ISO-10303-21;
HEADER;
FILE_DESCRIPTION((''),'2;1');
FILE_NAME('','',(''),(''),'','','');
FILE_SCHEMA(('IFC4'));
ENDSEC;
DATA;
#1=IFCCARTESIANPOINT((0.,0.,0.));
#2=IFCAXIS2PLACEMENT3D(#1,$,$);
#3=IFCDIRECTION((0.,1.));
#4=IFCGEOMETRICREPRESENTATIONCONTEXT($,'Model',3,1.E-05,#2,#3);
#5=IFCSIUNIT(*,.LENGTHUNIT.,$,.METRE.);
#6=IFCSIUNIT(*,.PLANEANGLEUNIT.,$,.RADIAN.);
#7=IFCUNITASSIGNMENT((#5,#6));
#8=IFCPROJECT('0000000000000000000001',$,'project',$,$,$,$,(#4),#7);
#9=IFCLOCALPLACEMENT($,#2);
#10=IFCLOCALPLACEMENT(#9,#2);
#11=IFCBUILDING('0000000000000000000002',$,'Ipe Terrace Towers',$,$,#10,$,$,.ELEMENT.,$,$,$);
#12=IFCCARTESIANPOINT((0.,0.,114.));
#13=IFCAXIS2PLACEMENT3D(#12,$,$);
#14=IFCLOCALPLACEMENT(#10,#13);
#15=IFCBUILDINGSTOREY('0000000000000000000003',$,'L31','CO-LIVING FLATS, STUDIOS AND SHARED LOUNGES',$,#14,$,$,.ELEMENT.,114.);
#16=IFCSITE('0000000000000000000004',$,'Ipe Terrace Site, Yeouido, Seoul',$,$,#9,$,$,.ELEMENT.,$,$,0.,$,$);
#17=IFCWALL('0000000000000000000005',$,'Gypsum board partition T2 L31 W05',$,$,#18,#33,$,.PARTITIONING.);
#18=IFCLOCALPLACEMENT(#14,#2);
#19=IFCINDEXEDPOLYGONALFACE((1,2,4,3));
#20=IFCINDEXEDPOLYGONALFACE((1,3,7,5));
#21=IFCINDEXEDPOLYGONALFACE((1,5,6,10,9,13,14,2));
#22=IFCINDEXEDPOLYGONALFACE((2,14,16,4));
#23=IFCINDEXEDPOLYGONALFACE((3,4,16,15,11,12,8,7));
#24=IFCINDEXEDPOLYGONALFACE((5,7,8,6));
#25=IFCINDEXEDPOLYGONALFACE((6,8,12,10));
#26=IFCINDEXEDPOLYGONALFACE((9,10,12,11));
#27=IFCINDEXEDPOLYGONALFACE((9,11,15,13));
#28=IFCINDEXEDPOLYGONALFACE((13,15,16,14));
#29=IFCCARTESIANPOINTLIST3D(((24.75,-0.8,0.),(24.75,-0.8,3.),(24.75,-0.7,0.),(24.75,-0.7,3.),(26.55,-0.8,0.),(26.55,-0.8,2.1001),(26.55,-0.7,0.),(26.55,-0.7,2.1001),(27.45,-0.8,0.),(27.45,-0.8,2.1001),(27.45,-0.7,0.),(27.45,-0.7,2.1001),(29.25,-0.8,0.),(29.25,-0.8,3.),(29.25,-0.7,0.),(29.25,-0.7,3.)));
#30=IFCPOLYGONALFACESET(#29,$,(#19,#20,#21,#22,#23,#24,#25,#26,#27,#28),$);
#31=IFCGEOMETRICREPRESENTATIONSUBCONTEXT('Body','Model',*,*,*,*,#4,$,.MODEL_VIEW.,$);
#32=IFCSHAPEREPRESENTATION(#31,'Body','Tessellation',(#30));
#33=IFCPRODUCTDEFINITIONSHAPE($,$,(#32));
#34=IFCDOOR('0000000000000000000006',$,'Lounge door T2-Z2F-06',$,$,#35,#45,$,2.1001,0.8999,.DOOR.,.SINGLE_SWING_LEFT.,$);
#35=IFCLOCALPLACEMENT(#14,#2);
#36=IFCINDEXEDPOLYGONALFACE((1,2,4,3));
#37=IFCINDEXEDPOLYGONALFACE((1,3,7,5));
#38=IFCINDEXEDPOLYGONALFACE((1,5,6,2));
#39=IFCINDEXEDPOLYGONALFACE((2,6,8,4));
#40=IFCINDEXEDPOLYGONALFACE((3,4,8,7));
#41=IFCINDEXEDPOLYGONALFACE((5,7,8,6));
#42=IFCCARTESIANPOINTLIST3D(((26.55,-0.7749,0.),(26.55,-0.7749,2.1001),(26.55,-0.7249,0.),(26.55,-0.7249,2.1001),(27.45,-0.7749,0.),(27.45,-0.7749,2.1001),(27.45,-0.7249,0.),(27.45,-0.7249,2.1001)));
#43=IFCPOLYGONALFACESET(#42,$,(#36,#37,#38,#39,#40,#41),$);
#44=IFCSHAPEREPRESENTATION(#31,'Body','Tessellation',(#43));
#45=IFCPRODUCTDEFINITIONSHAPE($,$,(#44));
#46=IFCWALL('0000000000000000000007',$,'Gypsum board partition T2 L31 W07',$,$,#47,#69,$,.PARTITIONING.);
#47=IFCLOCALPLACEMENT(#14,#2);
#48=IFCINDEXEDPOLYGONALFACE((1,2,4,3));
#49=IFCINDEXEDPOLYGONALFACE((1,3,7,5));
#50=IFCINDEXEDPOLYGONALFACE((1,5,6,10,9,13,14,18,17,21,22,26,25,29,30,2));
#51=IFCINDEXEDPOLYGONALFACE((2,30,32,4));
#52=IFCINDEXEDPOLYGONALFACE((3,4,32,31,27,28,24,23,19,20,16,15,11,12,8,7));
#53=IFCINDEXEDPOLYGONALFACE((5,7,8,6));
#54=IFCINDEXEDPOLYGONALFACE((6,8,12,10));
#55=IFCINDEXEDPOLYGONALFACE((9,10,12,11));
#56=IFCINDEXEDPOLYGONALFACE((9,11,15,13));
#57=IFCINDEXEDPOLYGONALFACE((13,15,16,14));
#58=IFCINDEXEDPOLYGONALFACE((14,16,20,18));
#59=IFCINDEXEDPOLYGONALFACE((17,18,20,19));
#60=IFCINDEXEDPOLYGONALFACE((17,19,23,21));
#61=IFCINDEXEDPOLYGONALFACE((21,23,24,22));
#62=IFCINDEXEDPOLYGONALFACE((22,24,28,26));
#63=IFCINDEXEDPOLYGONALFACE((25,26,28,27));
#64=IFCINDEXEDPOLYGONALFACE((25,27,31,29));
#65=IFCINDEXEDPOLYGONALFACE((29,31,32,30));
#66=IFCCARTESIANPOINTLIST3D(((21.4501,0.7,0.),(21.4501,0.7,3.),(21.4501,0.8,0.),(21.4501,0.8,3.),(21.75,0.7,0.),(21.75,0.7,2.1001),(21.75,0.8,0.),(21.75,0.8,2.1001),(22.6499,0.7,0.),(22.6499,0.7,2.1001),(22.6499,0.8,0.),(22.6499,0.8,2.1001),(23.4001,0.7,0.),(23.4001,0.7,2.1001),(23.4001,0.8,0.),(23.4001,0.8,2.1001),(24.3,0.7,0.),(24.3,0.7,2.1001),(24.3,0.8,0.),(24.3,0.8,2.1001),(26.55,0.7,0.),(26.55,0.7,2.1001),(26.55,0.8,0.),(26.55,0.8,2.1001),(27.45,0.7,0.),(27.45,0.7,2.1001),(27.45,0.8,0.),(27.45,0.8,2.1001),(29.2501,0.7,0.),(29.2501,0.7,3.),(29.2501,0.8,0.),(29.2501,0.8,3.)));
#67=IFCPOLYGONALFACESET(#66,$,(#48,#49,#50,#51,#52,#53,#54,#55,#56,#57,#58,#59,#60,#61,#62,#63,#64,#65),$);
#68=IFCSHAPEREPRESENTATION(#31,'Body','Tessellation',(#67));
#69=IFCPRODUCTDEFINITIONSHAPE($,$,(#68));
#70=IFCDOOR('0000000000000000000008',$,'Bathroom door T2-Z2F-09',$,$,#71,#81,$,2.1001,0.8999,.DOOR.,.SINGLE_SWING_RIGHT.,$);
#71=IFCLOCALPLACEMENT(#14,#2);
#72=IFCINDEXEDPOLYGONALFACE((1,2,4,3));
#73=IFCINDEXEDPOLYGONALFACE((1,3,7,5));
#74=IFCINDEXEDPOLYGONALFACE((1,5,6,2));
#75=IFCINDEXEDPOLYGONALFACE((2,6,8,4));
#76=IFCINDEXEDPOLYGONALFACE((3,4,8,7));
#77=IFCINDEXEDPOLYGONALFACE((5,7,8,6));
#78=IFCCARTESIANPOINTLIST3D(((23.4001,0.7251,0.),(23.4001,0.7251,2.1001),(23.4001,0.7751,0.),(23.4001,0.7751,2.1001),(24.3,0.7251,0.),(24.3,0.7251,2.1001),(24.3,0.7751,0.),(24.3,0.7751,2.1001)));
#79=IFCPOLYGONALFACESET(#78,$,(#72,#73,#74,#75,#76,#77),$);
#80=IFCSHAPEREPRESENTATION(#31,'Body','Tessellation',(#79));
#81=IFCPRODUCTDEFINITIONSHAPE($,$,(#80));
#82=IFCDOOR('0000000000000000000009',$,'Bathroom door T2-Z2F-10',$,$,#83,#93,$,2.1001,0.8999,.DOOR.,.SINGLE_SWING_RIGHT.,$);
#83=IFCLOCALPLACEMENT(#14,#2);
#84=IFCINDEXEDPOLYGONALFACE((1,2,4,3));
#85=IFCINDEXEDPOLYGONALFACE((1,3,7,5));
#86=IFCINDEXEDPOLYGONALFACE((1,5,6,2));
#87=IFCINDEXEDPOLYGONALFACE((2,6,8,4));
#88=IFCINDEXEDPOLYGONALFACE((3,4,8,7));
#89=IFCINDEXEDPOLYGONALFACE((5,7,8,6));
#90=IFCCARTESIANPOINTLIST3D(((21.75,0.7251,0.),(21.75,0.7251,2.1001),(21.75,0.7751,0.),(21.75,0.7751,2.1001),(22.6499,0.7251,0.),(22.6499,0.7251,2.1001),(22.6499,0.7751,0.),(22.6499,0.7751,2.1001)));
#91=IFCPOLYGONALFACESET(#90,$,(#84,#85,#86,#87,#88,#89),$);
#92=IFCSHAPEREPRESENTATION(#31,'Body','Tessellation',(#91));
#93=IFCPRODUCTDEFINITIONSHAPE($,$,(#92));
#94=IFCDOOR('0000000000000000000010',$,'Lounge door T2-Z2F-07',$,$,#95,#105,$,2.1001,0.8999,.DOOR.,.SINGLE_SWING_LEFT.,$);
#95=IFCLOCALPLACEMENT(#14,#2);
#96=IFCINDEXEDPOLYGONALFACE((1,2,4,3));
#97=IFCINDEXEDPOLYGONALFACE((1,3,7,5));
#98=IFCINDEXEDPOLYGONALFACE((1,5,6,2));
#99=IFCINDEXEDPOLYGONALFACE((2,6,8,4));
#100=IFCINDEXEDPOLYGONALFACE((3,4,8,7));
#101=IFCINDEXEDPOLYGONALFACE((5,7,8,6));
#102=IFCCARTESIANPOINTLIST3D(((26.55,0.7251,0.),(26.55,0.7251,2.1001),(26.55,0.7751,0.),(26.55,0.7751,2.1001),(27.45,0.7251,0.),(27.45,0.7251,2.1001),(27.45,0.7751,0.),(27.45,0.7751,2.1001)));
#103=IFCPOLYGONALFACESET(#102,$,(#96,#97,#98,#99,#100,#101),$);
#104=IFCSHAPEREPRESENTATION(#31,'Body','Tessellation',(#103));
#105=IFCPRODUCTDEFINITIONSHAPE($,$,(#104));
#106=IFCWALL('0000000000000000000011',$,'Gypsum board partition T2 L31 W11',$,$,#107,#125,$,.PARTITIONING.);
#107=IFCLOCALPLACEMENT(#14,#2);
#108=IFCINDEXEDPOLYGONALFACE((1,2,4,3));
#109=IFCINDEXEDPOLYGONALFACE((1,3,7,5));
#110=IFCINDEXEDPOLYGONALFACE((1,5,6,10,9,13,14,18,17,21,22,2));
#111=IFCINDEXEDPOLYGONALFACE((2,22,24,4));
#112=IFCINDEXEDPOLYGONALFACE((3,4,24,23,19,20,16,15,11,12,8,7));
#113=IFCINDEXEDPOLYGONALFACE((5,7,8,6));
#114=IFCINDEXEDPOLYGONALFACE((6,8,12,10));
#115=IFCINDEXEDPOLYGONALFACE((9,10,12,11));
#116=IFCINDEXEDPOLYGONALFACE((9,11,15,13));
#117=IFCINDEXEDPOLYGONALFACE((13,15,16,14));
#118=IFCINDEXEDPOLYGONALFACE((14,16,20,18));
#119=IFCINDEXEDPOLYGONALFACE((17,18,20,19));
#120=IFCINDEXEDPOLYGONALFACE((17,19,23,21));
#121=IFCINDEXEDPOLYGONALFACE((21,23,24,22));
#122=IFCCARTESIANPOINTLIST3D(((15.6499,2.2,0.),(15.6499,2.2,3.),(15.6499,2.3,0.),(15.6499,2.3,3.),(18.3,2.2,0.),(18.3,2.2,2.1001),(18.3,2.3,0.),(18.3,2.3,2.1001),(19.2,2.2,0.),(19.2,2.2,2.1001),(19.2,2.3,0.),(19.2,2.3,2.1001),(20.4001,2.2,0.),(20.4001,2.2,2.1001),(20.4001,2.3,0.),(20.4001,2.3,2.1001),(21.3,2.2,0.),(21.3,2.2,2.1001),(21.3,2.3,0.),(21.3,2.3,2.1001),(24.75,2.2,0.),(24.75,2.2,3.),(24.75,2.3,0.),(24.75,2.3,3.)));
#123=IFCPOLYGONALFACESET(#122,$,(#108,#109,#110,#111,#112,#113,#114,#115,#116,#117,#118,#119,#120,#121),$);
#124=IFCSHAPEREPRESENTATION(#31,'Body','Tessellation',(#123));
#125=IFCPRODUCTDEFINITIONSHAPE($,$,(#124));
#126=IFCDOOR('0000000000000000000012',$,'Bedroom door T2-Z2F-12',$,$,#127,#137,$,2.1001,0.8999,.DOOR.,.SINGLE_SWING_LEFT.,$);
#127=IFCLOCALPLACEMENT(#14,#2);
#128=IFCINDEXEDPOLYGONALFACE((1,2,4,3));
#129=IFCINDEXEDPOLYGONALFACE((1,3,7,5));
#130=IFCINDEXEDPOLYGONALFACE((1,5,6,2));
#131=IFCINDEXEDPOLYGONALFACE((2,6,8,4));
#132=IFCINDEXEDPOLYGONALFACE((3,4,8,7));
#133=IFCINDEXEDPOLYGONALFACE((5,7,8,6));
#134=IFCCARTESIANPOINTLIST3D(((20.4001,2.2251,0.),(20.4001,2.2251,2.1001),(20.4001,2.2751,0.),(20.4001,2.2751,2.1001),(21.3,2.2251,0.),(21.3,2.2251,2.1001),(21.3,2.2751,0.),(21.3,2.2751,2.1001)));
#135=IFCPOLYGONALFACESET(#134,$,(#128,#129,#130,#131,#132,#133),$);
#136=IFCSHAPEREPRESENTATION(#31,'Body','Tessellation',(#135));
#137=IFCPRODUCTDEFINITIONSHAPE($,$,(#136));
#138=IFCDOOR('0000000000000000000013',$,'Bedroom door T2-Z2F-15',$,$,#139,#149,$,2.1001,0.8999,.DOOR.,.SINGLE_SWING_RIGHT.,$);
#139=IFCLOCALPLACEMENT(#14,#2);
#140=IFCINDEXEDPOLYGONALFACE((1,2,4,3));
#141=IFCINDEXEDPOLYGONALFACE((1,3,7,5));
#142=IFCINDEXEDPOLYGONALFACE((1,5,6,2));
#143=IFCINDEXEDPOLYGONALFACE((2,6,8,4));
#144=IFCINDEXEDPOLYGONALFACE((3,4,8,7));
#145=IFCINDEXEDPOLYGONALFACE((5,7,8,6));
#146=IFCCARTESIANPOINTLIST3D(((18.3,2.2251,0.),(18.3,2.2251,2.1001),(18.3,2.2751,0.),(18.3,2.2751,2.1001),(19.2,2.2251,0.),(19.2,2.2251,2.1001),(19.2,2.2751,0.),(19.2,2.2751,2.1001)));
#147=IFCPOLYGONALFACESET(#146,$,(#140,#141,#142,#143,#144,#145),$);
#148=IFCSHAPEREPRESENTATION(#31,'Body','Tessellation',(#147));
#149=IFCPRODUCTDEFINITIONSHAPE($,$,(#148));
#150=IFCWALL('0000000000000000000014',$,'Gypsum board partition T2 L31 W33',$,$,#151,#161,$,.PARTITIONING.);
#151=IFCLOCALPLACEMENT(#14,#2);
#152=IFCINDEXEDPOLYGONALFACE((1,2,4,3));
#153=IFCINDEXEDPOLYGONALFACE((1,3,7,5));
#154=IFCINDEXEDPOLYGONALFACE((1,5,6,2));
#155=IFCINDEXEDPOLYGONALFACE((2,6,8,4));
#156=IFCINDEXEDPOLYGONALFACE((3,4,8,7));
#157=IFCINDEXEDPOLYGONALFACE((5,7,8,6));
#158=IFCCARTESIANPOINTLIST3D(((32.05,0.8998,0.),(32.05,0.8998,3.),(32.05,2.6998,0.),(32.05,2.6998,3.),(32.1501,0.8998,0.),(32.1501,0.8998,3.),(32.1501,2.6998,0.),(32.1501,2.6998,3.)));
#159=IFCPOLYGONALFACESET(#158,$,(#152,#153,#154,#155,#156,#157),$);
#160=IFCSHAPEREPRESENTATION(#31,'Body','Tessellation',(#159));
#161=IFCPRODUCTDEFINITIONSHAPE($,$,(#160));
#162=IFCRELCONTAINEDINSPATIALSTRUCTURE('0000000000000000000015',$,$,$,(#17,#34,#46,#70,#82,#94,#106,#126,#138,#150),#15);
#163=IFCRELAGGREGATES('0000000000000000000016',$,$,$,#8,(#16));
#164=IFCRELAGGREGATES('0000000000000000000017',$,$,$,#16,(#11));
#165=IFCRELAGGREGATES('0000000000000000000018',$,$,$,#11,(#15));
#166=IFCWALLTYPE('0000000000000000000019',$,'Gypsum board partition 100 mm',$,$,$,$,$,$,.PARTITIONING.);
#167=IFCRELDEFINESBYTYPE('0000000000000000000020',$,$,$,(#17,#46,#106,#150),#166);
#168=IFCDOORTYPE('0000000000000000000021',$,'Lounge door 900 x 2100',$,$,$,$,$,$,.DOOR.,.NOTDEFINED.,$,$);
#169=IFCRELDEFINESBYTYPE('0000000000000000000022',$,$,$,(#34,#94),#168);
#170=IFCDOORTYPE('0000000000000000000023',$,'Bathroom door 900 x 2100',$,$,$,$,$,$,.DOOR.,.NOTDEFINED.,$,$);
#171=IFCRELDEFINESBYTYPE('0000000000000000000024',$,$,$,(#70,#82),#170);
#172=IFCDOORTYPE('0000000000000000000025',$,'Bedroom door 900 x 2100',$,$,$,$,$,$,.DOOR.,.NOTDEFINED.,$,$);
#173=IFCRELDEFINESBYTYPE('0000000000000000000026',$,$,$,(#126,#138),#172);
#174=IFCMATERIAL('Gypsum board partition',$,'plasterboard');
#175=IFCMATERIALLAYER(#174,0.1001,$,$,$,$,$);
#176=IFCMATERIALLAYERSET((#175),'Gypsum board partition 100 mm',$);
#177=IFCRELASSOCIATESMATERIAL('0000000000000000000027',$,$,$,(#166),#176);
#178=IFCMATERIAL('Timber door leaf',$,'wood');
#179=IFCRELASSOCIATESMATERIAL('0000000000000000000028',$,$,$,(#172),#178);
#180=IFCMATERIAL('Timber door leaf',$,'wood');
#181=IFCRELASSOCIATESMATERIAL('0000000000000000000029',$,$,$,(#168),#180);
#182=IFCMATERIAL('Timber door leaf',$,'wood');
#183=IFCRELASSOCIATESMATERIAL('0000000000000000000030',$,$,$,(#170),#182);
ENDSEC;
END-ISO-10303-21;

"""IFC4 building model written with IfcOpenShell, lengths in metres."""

from ifc_helpers import new_model, si_unit, direction, frame, frame_2d, origin, place, context, subcontext, project, spatial, rectangle, extrude, material, layer, layer_set, type_object, element, fill, save


model = new_model("IFC4")

# Units and contexts
model_context = context("Model", 3, precision=1e-05, world=origin(), true_north=direction((0.0, 1.0)))
body_context = subcontext(model_context, "Body", "Model", "MODEL_VIEW")
ifc_project = project(units=[si_unit("LENGTHUNIT", "METRE"), si_unit("PLANEANGLEUNIT", "RADIAN")], contexts=[model_context])

# Site, building, storey
site_placement = place(None, origin())
site = spatial("IfcSite", under=ifc_project, at=site_placement, Name="Ipe Terrace Site, Yeouido, Seoul", CompositionType="ELEMENT", RefElevation=0.0)
building_placement = place(site_placement, origin())
building = spatial("IfcBuilding", under=site, at=building_placement, Name="Ipe Terrace Towers", CompositionType="ELEMENT")
storey_placement = place(building_placement, frame((0.0, 0.0, 114.0)))
storey = spatial("IfcBuildingStorey", under=building, at=storey_placement, Name="L31", Description="CO-LIVING FLATS, STUDIOS AND SHARED LOUNGES", CompositionType="ELEMENT", Elevation=114.0)

# Shared definitions
ifc_material_1 = material(Name="Gypsum board partition", Category="plasterboard")
ifc_layer_1 = layer(ifc_material_1, 0.1001)
ifc_layer_set_1 = layer_set([ifc_layer_1], Name="Gypsum board partition 100 mm")
wall_type = type_object("IfcWallType", Name="Gypsum board partition 100 mm", PredefinedType="PARTITIONING", material=ifc_layer_set_1)
ifc_material_2 = material(Name="Timber door leaf", Category="wood")
door_type_1 = type_object("IfcDoorType", Name="Bedroom door 900 x 2100", OperationType="NOTDEFINED", PredefinedType="DOOR", material=ifc_material_2)

# Wall, opening, door
wall_1_placement = place(storey_placement, frame((29.25, -0.75, 0.0), z_axis=(0.0, 0.0, 1.0), x_axis=(-1.0, 0.0, 0.0)))
wall_1 = element("IfcWall", 1, at=wall_1_placement, inside=storey, type_object=wall_type, Name="Gypsum board partition T2 L31 W05", PredefinedType="PARTITIONING", context=body_context, shape_type="SweptSolid", body=[
    extrude(rectangle(XDim=4.5, YDim=0.1001, at=frame_2d((2.25, 0.0))), origin(), (0.0, 0.0, 1.0), 3.0),
])
opening_1_placement = place(wall_1_placement, frame((1.8, 0.0, 0.0)))
opening_1 = element("IfcOpeningElement", 2, at=opening_1_placement, cuts=wall_1, PredefinedType="OPENING", context=body_context, shape_type="SweptSolid", body=[
    extrude(rectangle(XDim=0.8999, YDim=2.1001, at=frame_2d((0.45, 1.05))), frame((0.0, 0.0601, 0.0), z_axis=(0.0, -1.0, 0.0), x_axis=(1.0, 0.0, 0.0)), (0.0, 0.0, 1.0), 0.1201),
])
ifc_material_3 = material(Name="Timber door leaf", Category="wood")
door_type_2 = type_object("IfcDoorType", Name="Lounge door 900 x 2100", OperationType="NOTDEFINED", PredefinedType="DOOR", material=ifc_material_3)
door_1_placement = place(opening_1_placement, origin())
door_1 = element("IfcDoor", 3, at=door_1_placement, inside=storey, type_object=door_type_2, Name="Lounge door T2-Z2F-06", OperationType="SINGLE_SWING_LEFT", OverallHeight=2.1001, OverallWidth=0.8999, PredefinedType="DOOR", context=body_context, shape_type="SweptSolid", body=[
    extrude(rectangle(XDim=0.8999, YDim=2.1001, at=frame_2d((0.45, 1.05))), frame((0.0, 0.0249, 0.0), z_axis=(0.0, -1.0, 0.0), x_axis=(1.0, 0.0, 0.0)), (0.0, 0.0, 1.0), 0.05),
])
fill(opening_1, door_1)

# Walls, openings, doors
wall_2_placement = place(storey_placement, frame((29.25, 0.75, 0.0), z_axis=(0.0, 0.0, 1.0), x_axis=(-1.0, 0.0, 0.0)))
wall_2 = element("IfcWall", 4, at=wall_2_placement, inside=storey, type_object=wall_type, Name="Gypsum board partition T2 L31 W07", PredefinedType="PARTITIONING", context=body_context, shape_type="SweptSolid", body=[
    extrude(rectangle(XDim=7.8, YDim=0.1001, at=frame_2d((3.8999, 0.0))), origin(), (0.0, 0.0, 1.0), 3.0),
])
opening_2_placement = place(wall_2_placement, frame((1.8, 0.0, 0.0)))
opening_2 = element("IfcOpeningElement", 5, at=opening_2_placement, cuts=wall_2, PredefinedType="OPENING", context=body_context, shape_type="SweptSolid", body=[
    extrude(rectangle(XDim=0.8999, YDim=2.1001, at=frame_2d((0.45, 1.05))), frame((0.0, 0.0601, 0.0), z_axis=(0.0, -1.0, 0.0), x_axis=(1.0, 0.0, 0.0)), (0.0, 0.0, 1.0), 0.1201),
])
opening_3_placement = place(wall_2_placement, frame((4.95, 0.0, 0.0)))
opening_3 = element("IfcOpeningElement", 6, at=opening_3_placement, cuts=wall_2, PredefinedType="OPENING", context=body_context, shape_type="SweptSolid", body=[
    extrude(rectangle(XDim=0.8999, YDim=2.1001, at=frame_2d((0.45, 1.05))), frame((0.0, 0.0601, 0.0), z_axis=(0.0, -1.0, 0.0), x_axis=(1.0, 0.0, 0.0)), (0.0, 0.0, 1.0), 0.1201),
])
opening_4_placement = place(wall_2_placement, frame((6.6001, 0.0, 0.0)))
opening_4 = element("IfcOpeningElement", 7, at=opening_4_placement, cuts=wall_2, PredefinedType="OPENING", context=body_context, shape_type="SweptSolid", body=[
    extrude(rectangle(XDim=0.8999, YDim=2.1001, at=frame_2d((0.45, 1.05))), frame((0.0, 0.0601, 0.0), z_axis=(0.0, -1.0, 0.0), x_axis=(1.0, 0.0, 0.0)), (0.0, 0.0, 1.0), 0.1201),
])
ifc_material_4 = material(Name="Timber door leaf", Category="wood")
door_type_3 = type_object("IfcDoorType", Name="Bathroom door 900 x 2100", OperationType="NOTDEFINED", PredefinedType="DOOR", material=ifc_material_4)
door_2_placement = place(opening_3_placement, origin())
door_2 = element("IfcDoor", 8, at=door_2_placement, inside=storey, type_object=door_type_3, Name="Bathroom door T2-Z2F-09", OperationType="SINGLE_SWING_RIGHT", OverallHeight=2.1001, OverallWidth=0.8999, PredefinedType="DOOR", context=body_context, shape_type="SweptSolid", body=[
    extrude(rectangle(XDim=0.8999, YDim=2.1001, at=frame_2d((0.45, 1.05))), frame((0.0, 0.0249, 0.0), z_axis=(0.0, -1.0, 0.0), x_axis=(1.0, 0.0, 0.0)), (0.0, 0.0, 1.0), 0.05),
])
fill(opening_3, door_2)
door_3_placement = place(opening_4_placement, origin())
door_3 = element("IfcDoor", 9, at=door_3_placement, inside=storey, type_object=door_type_3, Name="Bathroom door T2-Z2F-10", OperationType="SINGLE_SWING_RIGHT", OverallHeight=2.1001, OverallWidth=0.8999, PredefinedType="DOOR", context=body_context, shape_type="SweptSolid", body=[
    extrude(rectangle(XDim=0.8999, YDim=2.1001, at=frame_2d((0.45, 1.05))), frame((0.0, 0.0249, 0.0), z_axis=(0.0, -1.0, 0.0), x_axis=(1.0, 0.0, 0.0)), (0.0, 0.0, 1.0), 0.05),
])
fill(opening_4, door_3)
door_4_placement = place(opening_2_placement, origin())
door_4 = element("IfcDoor", 10, at=door_4_placement, inside=storey, type_object=door_type_2, Name="Lounge door T2-Z2F-07", OperationType="SINGLE_SWING_LEFT", OverallHeight=2.1001, OverallWidth=0.8999, PredefinedType="DOOR", context=body_context, shape_type="SweptSolid", body=[
    extrude(rectangle(XDim=0.8999, YDim=2.1001, at=frame_2d((0.45, 1.05))), frame((0.0, 0.0249, 0.0), z_axis=(0.0, -1.0, 0.0), x_axis=(1.0, 0.0, 0.0)), (0.0, 0.0, 1.0), 0.05),
])
fill(opening_2, door_4)
wall_3_placement = place(storey_placement, frame((24.75, 2.25, 0.0), z_axis=(0.0, 0.0, 1.0), x_axis=(-1.0, 0.0, 0.0)))
wall_3 = element("IfcWall", 11, at=wall_3_placement, inside=storey, type_object=wall_type, Name="Gypsum board partition T2 L31 W11", PredefinedType="PARTITIONING", context=body_context, shape_type="SweptSolid", body=[
    extrude(rectangle(XDim=9.1001, YDim=0.1001, at=frame_2d((4.55, 0.0))), origin(), (0.0, 0.0, 1.0), 3.0),
])
opening_5_placement = place(wall_3_placement, frame((3.45, 0.0, 0.0)))
opening_5 = element("IfcOpeningElement", 12, at=opening_5_placement, cuts=wall_3, PredefinedType="OPENING", context=body_context, shape_type="SweptSolid", body=[
    extrude(rectangle(XDim=0.8999, YDim=2.1001, at=frame_2d((0.45, 1.05))), frame((0.0, 0.0601, 0.0), z_axis=(0.0, -1.0, 0.0), x_axis=(1.0, 0.0, 0.0)), (0.0, 0.0, 1.0), 0.1201),
])
opening_6_placement = place(wall_3_placement, frame((5.55, 0.0, 0.0)))
opening_6 = element("IfcOpeningElement", 13, at=opening_6_placement, cuts=wall_3, PredefinedType="OPENING", context=body_context, shape_type="SweptSolid", body=[
    extrude(rectangle(XDim=0.8999, YDim=2.1001, at=frame_2d((0.45, 1.05))), frame((0.0, 0.0601, 0.0), z_axis=(0.0, -1.0, 0.0), x_axis=(1.0, 0.0, 0.0)), (0.0, 0.0, 1.0), 0.1201),
])
door_5_placement = place(opening_5_placement, origin())
door_5 = element("IfcDoor", 14, at=door_5_placement, inside=storey, type_object=door_type_1, Name="Bedroom door T2-Z2F-12", OperationType="SINGLE_SWING_LEFT", OverallHeight=2.1001, OverallWidth=0.8999, PredefinedType="DOOR", context=body_context, shape_type="SweptSolid", body=[
    extrude(rectangle(XDim=0.8999, YDim=2.1001, at=frame_2d((0.45, 1.05))), frame((0.0, 0.0249, 0.0), z_axis=(0.0, -1.0, 0.0), x_axis=(1.0, 0.0, 0.0)), (0.0, 0.0, 1.0), 0.05),
])
fill(opening_5, door_5)
door_6_placement = place(opening_6_placement, origin())
door_6 = element("IfcDoor", 15, at=door_6_placement, inside=storey, type_object=door_type_1, Name="Bedroom door T2-Z2F-15", OperationType="SINGLE_SWING_RIGHT", OverallHeight=2.1001, OverallWidth=0.8999, PredefinedType="DOOR", context=body_context, shape_type="SweptSolid", body=[
    extrude(rectangle(XDim=0.8999, YDim=2.1001, at=frame_2d((0.45, 1.05))), frame((0.0, 0.0249, 0.0), z_axis=(0.0, -1.0, 0.0), x_axis=(1.0, 0.0, 0.0)), (0.0, 0.0, 1.0), 0.05),
])
fill(opening_6, door_6)

# Wall
wall_4_placement = place(storey_placement, frame((32.1001, 0.8999, 0.0), z_axis=(0.0, 0.0, 1.0), x_axis=(0.0, 1.0, 0.0)))
element("IfcWall", 16, at=wall_4_placement, inside=storey, type_object=wall_type, Name="Gypsum board partition T2 L31 W33", PredefinedType="PARTITIONING", context=body_context, shape_type="SweptSolid", body=[
    extrude(rectangle(XDim=1.8, YDim=0.1001, at=frame_2d((0.8999, 0.0))), origin(), (0.0, 0.0, 1.0), 3.0),
])

save(model, "model.ifc")
